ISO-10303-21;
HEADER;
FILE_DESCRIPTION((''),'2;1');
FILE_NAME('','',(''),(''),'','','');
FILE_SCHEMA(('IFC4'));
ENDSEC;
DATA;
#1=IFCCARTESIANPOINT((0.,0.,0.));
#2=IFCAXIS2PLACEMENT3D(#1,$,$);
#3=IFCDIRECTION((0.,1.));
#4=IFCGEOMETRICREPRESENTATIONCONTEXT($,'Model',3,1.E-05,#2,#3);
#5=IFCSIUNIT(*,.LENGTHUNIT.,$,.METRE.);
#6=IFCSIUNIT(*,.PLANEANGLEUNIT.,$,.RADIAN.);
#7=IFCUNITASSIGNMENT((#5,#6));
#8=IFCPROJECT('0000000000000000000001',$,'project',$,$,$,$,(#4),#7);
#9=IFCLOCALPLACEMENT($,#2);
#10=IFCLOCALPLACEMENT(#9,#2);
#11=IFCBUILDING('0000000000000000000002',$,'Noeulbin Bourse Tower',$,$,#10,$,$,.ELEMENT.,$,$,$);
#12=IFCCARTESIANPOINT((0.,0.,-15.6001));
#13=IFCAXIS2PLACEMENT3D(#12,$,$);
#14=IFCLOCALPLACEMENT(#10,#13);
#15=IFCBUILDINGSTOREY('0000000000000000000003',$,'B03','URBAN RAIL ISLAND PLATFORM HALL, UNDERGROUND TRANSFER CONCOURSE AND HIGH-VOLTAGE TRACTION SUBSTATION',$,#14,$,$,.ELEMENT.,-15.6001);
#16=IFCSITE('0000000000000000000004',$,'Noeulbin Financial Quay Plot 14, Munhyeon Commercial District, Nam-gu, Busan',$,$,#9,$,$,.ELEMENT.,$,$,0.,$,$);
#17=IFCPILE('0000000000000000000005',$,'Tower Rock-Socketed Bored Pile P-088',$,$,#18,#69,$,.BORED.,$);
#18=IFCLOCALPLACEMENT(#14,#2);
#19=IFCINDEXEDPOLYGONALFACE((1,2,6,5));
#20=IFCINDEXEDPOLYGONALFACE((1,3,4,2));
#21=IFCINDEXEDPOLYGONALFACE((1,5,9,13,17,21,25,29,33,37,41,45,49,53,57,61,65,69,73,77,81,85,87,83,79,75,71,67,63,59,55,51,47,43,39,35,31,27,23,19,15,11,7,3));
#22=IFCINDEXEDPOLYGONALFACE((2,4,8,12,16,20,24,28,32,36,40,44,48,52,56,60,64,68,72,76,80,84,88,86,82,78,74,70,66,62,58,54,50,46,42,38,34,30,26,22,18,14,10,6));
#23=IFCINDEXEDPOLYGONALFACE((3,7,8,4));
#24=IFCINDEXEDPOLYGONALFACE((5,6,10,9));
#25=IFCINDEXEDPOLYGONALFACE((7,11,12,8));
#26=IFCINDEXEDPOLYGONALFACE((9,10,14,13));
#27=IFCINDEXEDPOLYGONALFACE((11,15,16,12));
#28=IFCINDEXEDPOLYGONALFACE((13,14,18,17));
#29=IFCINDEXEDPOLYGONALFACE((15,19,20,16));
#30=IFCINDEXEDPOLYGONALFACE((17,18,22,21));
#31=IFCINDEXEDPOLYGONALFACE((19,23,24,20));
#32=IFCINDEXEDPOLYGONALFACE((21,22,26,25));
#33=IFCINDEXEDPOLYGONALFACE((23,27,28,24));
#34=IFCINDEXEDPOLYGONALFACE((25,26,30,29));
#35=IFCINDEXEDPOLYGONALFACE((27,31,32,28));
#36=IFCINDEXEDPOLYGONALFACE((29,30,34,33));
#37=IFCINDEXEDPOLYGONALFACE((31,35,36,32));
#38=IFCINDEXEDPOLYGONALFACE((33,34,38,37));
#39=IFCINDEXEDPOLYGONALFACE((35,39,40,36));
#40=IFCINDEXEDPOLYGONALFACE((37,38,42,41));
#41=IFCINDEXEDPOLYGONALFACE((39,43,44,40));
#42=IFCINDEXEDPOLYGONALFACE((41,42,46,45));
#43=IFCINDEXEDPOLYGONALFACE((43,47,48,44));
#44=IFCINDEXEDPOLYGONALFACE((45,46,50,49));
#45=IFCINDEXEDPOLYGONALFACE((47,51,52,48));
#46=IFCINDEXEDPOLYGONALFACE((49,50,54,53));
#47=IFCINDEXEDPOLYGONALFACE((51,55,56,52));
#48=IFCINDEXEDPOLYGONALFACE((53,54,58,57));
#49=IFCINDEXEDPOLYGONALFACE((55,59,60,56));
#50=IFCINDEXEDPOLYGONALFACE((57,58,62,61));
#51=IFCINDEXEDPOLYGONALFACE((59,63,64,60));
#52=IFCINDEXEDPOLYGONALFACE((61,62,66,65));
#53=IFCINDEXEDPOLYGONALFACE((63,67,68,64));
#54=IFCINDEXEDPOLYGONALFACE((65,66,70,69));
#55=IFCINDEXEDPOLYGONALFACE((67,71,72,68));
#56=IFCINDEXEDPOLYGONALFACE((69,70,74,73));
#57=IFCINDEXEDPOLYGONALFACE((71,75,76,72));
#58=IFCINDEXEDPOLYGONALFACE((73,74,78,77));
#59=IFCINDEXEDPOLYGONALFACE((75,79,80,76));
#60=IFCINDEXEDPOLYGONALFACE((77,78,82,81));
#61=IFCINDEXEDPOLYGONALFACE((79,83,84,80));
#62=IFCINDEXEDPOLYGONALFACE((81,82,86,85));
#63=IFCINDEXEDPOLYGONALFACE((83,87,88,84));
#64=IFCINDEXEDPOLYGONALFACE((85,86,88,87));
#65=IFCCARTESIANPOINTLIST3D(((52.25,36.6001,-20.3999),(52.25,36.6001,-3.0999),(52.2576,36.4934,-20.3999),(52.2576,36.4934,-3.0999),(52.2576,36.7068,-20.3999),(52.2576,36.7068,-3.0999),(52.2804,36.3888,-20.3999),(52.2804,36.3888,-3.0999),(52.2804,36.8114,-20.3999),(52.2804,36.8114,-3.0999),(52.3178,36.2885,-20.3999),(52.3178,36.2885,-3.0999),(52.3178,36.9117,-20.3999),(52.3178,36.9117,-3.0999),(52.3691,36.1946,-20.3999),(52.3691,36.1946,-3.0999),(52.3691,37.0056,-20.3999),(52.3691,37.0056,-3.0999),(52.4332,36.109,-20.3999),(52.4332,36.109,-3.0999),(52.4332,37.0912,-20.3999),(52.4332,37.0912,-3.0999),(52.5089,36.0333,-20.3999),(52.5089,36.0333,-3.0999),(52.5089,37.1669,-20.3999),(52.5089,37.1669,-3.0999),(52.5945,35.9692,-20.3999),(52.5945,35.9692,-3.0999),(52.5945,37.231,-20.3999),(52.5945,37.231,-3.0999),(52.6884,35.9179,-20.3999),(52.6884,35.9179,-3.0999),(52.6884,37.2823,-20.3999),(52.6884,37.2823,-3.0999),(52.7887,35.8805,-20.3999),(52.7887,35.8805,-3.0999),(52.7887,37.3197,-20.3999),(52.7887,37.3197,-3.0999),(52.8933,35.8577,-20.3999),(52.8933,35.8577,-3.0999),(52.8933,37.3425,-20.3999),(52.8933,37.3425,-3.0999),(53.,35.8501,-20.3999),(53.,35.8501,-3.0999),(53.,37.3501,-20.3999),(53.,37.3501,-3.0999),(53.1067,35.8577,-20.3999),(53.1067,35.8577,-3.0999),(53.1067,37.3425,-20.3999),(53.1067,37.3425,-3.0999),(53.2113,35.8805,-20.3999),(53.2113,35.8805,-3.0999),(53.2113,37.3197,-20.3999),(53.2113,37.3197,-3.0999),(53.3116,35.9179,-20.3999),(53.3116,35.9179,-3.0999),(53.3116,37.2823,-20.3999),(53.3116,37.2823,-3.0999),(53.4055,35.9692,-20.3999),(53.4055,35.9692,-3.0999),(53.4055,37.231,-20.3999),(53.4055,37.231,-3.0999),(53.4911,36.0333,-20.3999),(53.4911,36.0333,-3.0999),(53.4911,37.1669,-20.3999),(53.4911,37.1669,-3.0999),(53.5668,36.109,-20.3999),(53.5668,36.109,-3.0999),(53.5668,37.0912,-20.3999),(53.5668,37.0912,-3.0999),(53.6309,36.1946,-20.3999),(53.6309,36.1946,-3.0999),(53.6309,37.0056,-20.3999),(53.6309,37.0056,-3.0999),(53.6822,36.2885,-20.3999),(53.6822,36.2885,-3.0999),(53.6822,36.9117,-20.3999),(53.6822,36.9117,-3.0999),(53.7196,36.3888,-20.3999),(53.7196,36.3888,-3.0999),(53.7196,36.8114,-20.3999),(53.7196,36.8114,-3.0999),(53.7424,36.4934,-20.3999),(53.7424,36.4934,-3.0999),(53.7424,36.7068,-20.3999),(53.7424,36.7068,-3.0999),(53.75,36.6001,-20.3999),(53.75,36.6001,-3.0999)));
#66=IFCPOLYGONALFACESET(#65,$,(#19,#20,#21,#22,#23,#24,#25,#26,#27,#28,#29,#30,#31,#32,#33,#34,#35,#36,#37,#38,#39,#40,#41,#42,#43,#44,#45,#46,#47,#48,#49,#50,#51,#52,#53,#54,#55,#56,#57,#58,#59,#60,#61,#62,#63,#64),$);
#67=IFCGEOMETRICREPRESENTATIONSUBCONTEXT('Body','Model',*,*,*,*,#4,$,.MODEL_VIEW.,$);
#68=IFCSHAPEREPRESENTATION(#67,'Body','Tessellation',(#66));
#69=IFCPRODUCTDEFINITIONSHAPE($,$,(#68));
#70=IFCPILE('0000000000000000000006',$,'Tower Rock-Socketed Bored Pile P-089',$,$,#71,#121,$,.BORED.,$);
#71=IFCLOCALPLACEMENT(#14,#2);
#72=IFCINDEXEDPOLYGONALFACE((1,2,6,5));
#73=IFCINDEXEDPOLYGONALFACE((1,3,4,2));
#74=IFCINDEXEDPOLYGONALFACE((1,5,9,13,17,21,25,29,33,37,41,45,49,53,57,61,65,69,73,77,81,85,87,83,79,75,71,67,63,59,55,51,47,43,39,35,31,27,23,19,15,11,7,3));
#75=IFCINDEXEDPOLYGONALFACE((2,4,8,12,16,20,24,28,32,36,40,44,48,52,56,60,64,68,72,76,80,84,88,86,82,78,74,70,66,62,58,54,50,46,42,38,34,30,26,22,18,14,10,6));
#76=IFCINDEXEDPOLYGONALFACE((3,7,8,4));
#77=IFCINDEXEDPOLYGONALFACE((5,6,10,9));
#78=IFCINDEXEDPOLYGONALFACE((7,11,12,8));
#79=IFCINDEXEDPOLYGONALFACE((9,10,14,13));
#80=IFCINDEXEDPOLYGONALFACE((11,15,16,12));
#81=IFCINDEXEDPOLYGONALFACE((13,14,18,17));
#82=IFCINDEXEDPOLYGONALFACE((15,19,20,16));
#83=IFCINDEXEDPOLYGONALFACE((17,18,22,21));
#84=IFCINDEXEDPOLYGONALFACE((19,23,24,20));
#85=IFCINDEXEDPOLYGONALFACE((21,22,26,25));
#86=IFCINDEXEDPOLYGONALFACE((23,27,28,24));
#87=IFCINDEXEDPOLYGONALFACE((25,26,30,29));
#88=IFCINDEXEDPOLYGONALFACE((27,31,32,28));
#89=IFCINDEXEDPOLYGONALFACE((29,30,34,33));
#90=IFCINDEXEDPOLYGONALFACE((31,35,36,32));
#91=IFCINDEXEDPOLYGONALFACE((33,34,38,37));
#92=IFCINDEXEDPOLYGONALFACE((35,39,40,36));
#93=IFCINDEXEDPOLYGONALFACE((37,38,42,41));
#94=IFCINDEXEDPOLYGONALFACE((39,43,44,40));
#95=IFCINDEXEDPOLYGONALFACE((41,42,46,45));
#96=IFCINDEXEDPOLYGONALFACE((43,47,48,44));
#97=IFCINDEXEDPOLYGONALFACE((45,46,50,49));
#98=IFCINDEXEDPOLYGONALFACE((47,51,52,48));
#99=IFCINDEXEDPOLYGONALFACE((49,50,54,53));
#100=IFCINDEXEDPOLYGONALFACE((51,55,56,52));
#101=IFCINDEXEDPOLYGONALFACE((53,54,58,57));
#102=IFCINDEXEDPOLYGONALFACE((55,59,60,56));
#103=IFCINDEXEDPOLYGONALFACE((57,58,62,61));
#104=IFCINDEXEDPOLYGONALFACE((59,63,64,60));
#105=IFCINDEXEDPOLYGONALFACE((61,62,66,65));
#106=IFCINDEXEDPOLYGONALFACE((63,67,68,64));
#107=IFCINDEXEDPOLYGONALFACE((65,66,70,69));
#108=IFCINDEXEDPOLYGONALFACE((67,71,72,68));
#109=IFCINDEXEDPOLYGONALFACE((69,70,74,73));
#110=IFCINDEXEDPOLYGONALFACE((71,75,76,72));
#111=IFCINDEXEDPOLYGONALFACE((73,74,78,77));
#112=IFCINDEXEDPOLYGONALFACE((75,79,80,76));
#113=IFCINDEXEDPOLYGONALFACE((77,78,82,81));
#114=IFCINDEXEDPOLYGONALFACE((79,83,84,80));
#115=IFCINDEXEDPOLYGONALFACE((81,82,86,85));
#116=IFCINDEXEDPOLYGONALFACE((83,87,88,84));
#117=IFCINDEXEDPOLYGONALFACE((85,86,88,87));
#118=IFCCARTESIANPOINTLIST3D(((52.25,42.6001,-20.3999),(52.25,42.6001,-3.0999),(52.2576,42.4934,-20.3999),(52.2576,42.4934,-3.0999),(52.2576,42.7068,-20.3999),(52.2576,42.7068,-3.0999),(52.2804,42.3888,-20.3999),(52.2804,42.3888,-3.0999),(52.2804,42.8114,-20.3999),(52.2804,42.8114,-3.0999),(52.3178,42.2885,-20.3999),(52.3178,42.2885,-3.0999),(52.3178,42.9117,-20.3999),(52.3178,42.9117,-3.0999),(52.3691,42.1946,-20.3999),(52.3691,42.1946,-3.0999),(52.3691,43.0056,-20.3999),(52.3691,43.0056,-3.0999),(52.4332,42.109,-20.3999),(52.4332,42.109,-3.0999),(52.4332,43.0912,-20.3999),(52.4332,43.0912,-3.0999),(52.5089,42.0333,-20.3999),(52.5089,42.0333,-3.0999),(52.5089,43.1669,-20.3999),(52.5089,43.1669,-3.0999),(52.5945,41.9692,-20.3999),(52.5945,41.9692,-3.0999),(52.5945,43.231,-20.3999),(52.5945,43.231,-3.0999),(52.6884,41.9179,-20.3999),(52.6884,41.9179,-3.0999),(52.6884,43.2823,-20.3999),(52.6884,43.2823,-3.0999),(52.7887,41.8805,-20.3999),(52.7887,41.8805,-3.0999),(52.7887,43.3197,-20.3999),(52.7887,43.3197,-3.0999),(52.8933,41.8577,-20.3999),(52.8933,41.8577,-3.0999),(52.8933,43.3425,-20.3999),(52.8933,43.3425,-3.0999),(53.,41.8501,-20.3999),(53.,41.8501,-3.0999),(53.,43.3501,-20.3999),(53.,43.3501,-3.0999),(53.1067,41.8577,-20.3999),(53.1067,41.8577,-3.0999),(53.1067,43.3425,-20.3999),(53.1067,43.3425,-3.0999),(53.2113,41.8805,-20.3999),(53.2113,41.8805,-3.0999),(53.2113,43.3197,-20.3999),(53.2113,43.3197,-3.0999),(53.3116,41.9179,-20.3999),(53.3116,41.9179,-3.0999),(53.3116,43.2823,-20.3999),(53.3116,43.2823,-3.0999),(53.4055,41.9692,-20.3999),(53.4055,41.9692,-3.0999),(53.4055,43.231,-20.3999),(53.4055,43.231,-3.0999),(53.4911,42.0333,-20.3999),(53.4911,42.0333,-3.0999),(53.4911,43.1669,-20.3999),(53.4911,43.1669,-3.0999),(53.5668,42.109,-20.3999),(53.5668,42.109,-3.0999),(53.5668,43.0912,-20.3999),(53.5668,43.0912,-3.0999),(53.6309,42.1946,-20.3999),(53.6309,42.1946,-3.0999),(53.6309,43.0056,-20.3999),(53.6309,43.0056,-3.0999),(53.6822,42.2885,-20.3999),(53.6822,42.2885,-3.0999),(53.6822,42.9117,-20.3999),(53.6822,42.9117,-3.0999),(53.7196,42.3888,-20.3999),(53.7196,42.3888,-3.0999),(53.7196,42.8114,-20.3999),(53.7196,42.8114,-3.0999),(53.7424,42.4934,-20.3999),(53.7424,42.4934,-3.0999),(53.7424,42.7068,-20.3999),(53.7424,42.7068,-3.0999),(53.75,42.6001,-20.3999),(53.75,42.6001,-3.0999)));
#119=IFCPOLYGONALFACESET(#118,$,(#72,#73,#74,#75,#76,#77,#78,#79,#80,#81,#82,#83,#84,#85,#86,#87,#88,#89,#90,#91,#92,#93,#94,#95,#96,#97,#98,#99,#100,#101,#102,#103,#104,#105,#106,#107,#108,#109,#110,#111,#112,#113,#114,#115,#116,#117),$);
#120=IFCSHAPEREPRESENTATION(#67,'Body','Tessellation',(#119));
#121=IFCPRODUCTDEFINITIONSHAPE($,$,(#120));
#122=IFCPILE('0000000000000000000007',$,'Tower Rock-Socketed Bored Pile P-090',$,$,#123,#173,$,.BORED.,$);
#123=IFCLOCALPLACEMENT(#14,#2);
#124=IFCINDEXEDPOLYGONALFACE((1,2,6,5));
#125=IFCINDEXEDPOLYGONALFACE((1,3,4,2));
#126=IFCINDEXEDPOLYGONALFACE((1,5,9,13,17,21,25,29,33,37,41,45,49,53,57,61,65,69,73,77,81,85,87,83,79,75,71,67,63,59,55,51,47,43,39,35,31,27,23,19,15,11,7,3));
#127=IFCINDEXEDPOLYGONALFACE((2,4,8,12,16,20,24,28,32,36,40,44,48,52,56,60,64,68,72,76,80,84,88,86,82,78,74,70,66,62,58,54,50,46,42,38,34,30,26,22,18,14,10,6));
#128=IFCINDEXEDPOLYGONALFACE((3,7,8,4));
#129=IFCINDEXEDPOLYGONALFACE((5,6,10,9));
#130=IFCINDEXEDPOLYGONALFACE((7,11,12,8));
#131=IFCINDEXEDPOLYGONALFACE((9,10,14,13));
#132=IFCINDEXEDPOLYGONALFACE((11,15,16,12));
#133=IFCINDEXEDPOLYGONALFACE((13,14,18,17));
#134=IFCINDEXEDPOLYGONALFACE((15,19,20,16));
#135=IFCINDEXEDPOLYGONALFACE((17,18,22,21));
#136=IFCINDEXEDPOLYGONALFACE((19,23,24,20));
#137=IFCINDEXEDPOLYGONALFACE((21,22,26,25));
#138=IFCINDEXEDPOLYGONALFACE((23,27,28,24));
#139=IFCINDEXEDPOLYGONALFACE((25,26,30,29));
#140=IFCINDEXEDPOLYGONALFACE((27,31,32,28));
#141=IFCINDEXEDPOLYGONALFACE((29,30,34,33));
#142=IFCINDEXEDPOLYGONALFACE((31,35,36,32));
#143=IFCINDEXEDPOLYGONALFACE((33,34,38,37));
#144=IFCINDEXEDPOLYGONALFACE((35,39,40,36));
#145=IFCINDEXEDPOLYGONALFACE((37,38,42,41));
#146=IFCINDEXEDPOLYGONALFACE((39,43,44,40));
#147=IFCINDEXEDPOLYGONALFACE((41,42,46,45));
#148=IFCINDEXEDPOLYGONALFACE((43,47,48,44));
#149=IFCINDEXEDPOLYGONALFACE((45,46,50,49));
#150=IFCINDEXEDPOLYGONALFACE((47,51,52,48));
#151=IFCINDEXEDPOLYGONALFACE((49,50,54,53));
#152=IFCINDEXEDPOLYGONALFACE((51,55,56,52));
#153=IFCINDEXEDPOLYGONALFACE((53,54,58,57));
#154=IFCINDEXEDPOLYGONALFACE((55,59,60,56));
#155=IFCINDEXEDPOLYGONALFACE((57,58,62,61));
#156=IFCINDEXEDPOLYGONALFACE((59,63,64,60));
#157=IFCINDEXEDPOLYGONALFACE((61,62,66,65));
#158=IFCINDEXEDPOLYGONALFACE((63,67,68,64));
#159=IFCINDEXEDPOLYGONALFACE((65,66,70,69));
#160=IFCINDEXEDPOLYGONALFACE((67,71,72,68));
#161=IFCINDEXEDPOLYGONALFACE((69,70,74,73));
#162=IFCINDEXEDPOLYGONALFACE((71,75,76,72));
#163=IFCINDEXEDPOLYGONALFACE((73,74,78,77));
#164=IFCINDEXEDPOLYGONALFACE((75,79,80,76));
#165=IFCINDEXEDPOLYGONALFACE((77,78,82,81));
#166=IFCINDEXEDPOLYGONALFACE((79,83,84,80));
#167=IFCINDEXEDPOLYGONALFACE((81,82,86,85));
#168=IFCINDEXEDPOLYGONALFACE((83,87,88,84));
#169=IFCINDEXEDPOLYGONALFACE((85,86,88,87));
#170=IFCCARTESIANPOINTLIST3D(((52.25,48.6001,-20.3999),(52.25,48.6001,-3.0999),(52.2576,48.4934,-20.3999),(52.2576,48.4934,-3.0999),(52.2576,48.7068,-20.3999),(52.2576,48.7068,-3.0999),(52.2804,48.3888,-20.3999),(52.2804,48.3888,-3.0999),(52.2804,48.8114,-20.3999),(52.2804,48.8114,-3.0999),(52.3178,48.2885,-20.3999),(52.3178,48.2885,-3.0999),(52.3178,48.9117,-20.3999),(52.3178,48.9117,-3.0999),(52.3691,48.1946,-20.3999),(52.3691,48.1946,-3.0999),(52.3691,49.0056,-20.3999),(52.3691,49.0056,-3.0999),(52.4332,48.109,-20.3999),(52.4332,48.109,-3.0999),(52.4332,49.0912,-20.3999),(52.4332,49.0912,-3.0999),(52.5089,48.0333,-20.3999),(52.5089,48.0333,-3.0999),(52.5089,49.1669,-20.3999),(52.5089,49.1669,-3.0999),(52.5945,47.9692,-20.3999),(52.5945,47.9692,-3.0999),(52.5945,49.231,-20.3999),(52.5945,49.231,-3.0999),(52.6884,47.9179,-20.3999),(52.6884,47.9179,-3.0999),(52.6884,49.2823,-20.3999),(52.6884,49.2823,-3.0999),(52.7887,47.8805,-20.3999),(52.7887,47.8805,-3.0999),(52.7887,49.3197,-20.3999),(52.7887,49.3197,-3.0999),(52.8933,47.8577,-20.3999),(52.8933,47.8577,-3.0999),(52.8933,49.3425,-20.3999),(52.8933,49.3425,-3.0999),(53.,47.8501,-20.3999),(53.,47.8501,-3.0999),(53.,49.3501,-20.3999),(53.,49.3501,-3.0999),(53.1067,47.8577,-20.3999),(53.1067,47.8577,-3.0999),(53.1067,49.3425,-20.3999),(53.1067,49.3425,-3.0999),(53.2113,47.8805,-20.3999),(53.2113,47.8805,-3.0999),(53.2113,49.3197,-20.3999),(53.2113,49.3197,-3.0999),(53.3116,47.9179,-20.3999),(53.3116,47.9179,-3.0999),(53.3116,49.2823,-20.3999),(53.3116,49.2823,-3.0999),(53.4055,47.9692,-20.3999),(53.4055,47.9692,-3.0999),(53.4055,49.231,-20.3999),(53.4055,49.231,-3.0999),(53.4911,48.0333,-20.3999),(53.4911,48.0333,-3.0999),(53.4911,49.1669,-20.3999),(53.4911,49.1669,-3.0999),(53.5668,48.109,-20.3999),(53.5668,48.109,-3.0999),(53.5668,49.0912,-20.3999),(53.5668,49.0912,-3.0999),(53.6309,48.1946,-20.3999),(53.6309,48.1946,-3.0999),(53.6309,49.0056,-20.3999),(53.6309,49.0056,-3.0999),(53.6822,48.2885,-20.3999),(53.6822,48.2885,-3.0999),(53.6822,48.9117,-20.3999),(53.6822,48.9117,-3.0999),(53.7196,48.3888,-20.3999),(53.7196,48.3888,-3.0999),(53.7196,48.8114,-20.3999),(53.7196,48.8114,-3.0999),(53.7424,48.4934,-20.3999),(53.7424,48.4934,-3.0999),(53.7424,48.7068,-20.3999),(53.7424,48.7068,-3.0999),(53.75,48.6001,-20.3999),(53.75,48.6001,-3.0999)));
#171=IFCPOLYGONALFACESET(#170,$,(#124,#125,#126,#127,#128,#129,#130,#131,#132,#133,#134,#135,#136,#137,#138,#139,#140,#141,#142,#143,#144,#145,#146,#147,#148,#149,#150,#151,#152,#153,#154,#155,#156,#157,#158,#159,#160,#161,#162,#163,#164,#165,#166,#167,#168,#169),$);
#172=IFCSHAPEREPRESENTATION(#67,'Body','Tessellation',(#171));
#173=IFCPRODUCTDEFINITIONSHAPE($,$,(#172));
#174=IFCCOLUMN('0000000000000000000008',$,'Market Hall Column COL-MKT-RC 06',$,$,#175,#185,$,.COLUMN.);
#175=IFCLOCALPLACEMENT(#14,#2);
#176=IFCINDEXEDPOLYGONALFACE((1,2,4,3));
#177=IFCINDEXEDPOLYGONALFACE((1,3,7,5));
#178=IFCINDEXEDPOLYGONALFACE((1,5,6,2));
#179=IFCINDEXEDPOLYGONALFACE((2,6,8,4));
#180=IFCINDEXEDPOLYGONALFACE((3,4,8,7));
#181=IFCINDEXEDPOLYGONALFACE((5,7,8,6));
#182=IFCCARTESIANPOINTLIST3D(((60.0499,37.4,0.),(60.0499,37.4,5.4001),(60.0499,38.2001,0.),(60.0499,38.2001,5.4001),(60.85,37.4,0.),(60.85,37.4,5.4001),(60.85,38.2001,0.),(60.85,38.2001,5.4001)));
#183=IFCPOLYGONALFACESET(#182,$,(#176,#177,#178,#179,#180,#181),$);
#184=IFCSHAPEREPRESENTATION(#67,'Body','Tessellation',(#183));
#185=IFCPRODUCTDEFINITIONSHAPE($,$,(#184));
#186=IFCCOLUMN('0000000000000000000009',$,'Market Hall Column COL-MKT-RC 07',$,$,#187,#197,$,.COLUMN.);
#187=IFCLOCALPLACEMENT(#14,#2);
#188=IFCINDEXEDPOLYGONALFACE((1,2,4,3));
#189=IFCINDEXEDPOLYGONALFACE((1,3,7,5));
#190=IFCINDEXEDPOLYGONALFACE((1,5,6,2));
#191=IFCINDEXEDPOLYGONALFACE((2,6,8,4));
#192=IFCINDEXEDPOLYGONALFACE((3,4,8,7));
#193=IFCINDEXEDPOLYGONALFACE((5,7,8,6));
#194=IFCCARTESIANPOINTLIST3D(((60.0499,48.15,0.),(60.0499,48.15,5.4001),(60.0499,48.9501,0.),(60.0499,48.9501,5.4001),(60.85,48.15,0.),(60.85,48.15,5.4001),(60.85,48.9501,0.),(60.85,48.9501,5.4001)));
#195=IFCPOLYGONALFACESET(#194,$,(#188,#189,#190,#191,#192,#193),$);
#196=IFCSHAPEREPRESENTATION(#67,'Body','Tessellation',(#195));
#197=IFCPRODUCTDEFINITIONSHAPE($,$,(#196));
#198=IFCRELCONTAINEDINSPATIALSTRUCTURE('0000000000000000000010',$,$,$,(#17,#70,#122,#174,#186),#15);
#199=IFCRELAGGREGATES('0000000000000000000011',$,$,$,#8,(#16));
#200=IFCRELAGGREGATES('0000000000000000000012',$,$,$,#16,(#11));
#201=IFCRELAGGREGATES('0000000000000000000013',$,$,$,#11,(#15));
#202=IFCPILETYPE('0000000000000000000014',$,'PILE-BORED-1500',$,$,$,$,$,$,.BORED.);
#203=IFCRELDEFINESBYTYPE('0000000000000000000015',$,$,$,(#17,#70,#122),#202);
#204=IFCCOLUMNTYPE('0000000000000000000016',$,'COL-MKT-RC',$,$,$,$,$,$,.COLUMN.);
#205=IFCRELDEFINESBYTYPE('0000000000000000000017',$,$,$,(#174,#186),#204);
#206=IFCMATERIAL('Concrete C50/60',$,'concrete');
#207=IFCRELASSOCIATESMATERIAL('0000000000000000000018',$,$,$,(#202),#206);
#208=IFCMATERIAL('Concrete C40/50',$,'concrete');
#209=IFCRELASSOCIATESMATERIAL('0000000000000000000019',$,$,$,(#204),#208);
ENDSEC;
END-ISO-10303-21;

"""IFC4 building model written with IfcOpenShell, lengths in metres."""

from ifc_helpers import new_model, si_unit, direction, frame, origin, origin_2d, place, context, subcontext, project, spatial, rectangle, circle, extrude, material, material_profile, profile_set, type_object, element, save


model = new_model("IFC4")

# Units and contexts
model_context = context("Model", 3, precision=1e-05, world=origin(), true_north=direction((0.0, 1.0)))
body_context = subcontext(model_context, "Body", "Model", "MODEL_VIEW")
ifc_project = project(units=[si_unit("LENGTHUNIT", "METRE"), si_unit("PLANEANGLEUNIT", "RADIAN")], contexts=[model_context])

# Site, building, storey
site_placement = place(None, origin())
site = spatial("IfcSite", under=ifc_project, at=site_placement, Name="Noeulbin Financial Quay Plot 14, Munhyeon Commercial District, Nam-gu, Busan", CompositionType="ELEMENT", RefElevation=0.0)
building_placement = place(site_placement, origin())
building = spatial("IfcBuilding", under=site, at=building_placement, Name="Noeulbin Bourse Tower", CompositionType="ELEMENT")
storey_placement = place(building_placement, frame((0.0, 0.0, -15.6001)))
storey = spatial("IfcBuildingStorey", under=building, at=storey_placement, Name="B03", Description="URBAN RAIL ISLAND PLATFORM HALL, UNDERGROUND TRANSFER CONCOURSE AND HIGH-VOLTAGE TRACTION SUBSTATION", CompositionType="ELEMENT", Elevation=-15.6001)

# Shared definitions
ifc_material_1 = material(Name="Concrete C50/60", Category="concrete")

# Piles
ifc_material_profile_1 = material_profile(ifc_material_1, circle(Radius=0.75, at=origin_2d()), Name="PILE-D1500", Category="LoadBearing")
ifc_profile_set_1 = profile_set([ifc_material_profile_1], Name="Concrete C50/60")
pile_type_1 = type_object("IfcPileType", Name="PILE-BORED-1500", PredefinedType="BORED", material=ifc_profile_set_1)
for number, where, z_axis, x_axis, name in (
    (1, (53.0, 36.6001, -3.0999), (0.0, 0.0, -1.0), (1.0, 0.0, 0.0), "Tower Rock-Socketed Bored Pile P-088"),
    (2, (53.0, 42.6001, -3.0999), (0.0, 0.0, -1.0), (1.0, 0.0, 0.0), "Tower Rock-Socketed Bored Pile P-089"),
    (3, (53.0, 48.6001, -3.0999), (0.0, 0.0, -1.0), (1.0, 0.0, 0.0), "Tower Rock-Socketed Bored Pile P-090"),
):
    element("IfcPile", number, at=place(storey_placement, frame(where, z_axis=z_axis, x_axis=x_axis)), inside=storey, type_object=pile_type_1, Name=name, PredefinedType="BORED", context=body_context, shape_type="SweptSolid", body=[
        extrude(circle(Radius=0.75, at=origin_2d()), origin(), (0.0, 0.0, 1.0), 17.3),
    ])

# Columns
ifc_material_2 = material(Name="Concrete C40/50", Category="concrete")
ifc_material_profile_2 = material_profile(ifc_material_2, rectangle(XDim=0.8, YDim=0.8, at=origin_2d()), Name="RC-COL-800x800", Category="LoadBearing")
ifc_profile_set_2 = profile_set([ifc_material_profile_2], Name="Concrete C40/50")
column_type_1 = type_object("IfcColumnType", Name="COL-MKT-RC", PredefinedType="COLUMN", material=ifc_profile_set_2)
for number, where, z_axis, x_axis, name in (
    (4, (60.45, 37.8, 0.0), (0.0, 0.0, 1.0), (1.0, 0.0, 0.0), "Market Hall Column COL-MKT-RC 06"),
    (5, (60.45, 48.55, 0.0), (0.0, 0.0, 1.0), (1.0, 0.0, 0.0), "Market Hall Column COL-MKT-RC 07"),
):
    element("IfcColumn", number, at=place(storey_placement, frame(where, z_axis=z_axis, x_axis=x_axis)), inside=storey, type_object=column_type_1, Name=name, PredefinedType="COLUMN", context=body_context, shape_type="SweptSolid", body=[
        extrude(rectangle(XDim=0.8, YDim=0.8, at=origin_2d()), origin(), (0.0, 0.0, 1.0), 5.4001),
    ])

save(model, "model.ifc")
